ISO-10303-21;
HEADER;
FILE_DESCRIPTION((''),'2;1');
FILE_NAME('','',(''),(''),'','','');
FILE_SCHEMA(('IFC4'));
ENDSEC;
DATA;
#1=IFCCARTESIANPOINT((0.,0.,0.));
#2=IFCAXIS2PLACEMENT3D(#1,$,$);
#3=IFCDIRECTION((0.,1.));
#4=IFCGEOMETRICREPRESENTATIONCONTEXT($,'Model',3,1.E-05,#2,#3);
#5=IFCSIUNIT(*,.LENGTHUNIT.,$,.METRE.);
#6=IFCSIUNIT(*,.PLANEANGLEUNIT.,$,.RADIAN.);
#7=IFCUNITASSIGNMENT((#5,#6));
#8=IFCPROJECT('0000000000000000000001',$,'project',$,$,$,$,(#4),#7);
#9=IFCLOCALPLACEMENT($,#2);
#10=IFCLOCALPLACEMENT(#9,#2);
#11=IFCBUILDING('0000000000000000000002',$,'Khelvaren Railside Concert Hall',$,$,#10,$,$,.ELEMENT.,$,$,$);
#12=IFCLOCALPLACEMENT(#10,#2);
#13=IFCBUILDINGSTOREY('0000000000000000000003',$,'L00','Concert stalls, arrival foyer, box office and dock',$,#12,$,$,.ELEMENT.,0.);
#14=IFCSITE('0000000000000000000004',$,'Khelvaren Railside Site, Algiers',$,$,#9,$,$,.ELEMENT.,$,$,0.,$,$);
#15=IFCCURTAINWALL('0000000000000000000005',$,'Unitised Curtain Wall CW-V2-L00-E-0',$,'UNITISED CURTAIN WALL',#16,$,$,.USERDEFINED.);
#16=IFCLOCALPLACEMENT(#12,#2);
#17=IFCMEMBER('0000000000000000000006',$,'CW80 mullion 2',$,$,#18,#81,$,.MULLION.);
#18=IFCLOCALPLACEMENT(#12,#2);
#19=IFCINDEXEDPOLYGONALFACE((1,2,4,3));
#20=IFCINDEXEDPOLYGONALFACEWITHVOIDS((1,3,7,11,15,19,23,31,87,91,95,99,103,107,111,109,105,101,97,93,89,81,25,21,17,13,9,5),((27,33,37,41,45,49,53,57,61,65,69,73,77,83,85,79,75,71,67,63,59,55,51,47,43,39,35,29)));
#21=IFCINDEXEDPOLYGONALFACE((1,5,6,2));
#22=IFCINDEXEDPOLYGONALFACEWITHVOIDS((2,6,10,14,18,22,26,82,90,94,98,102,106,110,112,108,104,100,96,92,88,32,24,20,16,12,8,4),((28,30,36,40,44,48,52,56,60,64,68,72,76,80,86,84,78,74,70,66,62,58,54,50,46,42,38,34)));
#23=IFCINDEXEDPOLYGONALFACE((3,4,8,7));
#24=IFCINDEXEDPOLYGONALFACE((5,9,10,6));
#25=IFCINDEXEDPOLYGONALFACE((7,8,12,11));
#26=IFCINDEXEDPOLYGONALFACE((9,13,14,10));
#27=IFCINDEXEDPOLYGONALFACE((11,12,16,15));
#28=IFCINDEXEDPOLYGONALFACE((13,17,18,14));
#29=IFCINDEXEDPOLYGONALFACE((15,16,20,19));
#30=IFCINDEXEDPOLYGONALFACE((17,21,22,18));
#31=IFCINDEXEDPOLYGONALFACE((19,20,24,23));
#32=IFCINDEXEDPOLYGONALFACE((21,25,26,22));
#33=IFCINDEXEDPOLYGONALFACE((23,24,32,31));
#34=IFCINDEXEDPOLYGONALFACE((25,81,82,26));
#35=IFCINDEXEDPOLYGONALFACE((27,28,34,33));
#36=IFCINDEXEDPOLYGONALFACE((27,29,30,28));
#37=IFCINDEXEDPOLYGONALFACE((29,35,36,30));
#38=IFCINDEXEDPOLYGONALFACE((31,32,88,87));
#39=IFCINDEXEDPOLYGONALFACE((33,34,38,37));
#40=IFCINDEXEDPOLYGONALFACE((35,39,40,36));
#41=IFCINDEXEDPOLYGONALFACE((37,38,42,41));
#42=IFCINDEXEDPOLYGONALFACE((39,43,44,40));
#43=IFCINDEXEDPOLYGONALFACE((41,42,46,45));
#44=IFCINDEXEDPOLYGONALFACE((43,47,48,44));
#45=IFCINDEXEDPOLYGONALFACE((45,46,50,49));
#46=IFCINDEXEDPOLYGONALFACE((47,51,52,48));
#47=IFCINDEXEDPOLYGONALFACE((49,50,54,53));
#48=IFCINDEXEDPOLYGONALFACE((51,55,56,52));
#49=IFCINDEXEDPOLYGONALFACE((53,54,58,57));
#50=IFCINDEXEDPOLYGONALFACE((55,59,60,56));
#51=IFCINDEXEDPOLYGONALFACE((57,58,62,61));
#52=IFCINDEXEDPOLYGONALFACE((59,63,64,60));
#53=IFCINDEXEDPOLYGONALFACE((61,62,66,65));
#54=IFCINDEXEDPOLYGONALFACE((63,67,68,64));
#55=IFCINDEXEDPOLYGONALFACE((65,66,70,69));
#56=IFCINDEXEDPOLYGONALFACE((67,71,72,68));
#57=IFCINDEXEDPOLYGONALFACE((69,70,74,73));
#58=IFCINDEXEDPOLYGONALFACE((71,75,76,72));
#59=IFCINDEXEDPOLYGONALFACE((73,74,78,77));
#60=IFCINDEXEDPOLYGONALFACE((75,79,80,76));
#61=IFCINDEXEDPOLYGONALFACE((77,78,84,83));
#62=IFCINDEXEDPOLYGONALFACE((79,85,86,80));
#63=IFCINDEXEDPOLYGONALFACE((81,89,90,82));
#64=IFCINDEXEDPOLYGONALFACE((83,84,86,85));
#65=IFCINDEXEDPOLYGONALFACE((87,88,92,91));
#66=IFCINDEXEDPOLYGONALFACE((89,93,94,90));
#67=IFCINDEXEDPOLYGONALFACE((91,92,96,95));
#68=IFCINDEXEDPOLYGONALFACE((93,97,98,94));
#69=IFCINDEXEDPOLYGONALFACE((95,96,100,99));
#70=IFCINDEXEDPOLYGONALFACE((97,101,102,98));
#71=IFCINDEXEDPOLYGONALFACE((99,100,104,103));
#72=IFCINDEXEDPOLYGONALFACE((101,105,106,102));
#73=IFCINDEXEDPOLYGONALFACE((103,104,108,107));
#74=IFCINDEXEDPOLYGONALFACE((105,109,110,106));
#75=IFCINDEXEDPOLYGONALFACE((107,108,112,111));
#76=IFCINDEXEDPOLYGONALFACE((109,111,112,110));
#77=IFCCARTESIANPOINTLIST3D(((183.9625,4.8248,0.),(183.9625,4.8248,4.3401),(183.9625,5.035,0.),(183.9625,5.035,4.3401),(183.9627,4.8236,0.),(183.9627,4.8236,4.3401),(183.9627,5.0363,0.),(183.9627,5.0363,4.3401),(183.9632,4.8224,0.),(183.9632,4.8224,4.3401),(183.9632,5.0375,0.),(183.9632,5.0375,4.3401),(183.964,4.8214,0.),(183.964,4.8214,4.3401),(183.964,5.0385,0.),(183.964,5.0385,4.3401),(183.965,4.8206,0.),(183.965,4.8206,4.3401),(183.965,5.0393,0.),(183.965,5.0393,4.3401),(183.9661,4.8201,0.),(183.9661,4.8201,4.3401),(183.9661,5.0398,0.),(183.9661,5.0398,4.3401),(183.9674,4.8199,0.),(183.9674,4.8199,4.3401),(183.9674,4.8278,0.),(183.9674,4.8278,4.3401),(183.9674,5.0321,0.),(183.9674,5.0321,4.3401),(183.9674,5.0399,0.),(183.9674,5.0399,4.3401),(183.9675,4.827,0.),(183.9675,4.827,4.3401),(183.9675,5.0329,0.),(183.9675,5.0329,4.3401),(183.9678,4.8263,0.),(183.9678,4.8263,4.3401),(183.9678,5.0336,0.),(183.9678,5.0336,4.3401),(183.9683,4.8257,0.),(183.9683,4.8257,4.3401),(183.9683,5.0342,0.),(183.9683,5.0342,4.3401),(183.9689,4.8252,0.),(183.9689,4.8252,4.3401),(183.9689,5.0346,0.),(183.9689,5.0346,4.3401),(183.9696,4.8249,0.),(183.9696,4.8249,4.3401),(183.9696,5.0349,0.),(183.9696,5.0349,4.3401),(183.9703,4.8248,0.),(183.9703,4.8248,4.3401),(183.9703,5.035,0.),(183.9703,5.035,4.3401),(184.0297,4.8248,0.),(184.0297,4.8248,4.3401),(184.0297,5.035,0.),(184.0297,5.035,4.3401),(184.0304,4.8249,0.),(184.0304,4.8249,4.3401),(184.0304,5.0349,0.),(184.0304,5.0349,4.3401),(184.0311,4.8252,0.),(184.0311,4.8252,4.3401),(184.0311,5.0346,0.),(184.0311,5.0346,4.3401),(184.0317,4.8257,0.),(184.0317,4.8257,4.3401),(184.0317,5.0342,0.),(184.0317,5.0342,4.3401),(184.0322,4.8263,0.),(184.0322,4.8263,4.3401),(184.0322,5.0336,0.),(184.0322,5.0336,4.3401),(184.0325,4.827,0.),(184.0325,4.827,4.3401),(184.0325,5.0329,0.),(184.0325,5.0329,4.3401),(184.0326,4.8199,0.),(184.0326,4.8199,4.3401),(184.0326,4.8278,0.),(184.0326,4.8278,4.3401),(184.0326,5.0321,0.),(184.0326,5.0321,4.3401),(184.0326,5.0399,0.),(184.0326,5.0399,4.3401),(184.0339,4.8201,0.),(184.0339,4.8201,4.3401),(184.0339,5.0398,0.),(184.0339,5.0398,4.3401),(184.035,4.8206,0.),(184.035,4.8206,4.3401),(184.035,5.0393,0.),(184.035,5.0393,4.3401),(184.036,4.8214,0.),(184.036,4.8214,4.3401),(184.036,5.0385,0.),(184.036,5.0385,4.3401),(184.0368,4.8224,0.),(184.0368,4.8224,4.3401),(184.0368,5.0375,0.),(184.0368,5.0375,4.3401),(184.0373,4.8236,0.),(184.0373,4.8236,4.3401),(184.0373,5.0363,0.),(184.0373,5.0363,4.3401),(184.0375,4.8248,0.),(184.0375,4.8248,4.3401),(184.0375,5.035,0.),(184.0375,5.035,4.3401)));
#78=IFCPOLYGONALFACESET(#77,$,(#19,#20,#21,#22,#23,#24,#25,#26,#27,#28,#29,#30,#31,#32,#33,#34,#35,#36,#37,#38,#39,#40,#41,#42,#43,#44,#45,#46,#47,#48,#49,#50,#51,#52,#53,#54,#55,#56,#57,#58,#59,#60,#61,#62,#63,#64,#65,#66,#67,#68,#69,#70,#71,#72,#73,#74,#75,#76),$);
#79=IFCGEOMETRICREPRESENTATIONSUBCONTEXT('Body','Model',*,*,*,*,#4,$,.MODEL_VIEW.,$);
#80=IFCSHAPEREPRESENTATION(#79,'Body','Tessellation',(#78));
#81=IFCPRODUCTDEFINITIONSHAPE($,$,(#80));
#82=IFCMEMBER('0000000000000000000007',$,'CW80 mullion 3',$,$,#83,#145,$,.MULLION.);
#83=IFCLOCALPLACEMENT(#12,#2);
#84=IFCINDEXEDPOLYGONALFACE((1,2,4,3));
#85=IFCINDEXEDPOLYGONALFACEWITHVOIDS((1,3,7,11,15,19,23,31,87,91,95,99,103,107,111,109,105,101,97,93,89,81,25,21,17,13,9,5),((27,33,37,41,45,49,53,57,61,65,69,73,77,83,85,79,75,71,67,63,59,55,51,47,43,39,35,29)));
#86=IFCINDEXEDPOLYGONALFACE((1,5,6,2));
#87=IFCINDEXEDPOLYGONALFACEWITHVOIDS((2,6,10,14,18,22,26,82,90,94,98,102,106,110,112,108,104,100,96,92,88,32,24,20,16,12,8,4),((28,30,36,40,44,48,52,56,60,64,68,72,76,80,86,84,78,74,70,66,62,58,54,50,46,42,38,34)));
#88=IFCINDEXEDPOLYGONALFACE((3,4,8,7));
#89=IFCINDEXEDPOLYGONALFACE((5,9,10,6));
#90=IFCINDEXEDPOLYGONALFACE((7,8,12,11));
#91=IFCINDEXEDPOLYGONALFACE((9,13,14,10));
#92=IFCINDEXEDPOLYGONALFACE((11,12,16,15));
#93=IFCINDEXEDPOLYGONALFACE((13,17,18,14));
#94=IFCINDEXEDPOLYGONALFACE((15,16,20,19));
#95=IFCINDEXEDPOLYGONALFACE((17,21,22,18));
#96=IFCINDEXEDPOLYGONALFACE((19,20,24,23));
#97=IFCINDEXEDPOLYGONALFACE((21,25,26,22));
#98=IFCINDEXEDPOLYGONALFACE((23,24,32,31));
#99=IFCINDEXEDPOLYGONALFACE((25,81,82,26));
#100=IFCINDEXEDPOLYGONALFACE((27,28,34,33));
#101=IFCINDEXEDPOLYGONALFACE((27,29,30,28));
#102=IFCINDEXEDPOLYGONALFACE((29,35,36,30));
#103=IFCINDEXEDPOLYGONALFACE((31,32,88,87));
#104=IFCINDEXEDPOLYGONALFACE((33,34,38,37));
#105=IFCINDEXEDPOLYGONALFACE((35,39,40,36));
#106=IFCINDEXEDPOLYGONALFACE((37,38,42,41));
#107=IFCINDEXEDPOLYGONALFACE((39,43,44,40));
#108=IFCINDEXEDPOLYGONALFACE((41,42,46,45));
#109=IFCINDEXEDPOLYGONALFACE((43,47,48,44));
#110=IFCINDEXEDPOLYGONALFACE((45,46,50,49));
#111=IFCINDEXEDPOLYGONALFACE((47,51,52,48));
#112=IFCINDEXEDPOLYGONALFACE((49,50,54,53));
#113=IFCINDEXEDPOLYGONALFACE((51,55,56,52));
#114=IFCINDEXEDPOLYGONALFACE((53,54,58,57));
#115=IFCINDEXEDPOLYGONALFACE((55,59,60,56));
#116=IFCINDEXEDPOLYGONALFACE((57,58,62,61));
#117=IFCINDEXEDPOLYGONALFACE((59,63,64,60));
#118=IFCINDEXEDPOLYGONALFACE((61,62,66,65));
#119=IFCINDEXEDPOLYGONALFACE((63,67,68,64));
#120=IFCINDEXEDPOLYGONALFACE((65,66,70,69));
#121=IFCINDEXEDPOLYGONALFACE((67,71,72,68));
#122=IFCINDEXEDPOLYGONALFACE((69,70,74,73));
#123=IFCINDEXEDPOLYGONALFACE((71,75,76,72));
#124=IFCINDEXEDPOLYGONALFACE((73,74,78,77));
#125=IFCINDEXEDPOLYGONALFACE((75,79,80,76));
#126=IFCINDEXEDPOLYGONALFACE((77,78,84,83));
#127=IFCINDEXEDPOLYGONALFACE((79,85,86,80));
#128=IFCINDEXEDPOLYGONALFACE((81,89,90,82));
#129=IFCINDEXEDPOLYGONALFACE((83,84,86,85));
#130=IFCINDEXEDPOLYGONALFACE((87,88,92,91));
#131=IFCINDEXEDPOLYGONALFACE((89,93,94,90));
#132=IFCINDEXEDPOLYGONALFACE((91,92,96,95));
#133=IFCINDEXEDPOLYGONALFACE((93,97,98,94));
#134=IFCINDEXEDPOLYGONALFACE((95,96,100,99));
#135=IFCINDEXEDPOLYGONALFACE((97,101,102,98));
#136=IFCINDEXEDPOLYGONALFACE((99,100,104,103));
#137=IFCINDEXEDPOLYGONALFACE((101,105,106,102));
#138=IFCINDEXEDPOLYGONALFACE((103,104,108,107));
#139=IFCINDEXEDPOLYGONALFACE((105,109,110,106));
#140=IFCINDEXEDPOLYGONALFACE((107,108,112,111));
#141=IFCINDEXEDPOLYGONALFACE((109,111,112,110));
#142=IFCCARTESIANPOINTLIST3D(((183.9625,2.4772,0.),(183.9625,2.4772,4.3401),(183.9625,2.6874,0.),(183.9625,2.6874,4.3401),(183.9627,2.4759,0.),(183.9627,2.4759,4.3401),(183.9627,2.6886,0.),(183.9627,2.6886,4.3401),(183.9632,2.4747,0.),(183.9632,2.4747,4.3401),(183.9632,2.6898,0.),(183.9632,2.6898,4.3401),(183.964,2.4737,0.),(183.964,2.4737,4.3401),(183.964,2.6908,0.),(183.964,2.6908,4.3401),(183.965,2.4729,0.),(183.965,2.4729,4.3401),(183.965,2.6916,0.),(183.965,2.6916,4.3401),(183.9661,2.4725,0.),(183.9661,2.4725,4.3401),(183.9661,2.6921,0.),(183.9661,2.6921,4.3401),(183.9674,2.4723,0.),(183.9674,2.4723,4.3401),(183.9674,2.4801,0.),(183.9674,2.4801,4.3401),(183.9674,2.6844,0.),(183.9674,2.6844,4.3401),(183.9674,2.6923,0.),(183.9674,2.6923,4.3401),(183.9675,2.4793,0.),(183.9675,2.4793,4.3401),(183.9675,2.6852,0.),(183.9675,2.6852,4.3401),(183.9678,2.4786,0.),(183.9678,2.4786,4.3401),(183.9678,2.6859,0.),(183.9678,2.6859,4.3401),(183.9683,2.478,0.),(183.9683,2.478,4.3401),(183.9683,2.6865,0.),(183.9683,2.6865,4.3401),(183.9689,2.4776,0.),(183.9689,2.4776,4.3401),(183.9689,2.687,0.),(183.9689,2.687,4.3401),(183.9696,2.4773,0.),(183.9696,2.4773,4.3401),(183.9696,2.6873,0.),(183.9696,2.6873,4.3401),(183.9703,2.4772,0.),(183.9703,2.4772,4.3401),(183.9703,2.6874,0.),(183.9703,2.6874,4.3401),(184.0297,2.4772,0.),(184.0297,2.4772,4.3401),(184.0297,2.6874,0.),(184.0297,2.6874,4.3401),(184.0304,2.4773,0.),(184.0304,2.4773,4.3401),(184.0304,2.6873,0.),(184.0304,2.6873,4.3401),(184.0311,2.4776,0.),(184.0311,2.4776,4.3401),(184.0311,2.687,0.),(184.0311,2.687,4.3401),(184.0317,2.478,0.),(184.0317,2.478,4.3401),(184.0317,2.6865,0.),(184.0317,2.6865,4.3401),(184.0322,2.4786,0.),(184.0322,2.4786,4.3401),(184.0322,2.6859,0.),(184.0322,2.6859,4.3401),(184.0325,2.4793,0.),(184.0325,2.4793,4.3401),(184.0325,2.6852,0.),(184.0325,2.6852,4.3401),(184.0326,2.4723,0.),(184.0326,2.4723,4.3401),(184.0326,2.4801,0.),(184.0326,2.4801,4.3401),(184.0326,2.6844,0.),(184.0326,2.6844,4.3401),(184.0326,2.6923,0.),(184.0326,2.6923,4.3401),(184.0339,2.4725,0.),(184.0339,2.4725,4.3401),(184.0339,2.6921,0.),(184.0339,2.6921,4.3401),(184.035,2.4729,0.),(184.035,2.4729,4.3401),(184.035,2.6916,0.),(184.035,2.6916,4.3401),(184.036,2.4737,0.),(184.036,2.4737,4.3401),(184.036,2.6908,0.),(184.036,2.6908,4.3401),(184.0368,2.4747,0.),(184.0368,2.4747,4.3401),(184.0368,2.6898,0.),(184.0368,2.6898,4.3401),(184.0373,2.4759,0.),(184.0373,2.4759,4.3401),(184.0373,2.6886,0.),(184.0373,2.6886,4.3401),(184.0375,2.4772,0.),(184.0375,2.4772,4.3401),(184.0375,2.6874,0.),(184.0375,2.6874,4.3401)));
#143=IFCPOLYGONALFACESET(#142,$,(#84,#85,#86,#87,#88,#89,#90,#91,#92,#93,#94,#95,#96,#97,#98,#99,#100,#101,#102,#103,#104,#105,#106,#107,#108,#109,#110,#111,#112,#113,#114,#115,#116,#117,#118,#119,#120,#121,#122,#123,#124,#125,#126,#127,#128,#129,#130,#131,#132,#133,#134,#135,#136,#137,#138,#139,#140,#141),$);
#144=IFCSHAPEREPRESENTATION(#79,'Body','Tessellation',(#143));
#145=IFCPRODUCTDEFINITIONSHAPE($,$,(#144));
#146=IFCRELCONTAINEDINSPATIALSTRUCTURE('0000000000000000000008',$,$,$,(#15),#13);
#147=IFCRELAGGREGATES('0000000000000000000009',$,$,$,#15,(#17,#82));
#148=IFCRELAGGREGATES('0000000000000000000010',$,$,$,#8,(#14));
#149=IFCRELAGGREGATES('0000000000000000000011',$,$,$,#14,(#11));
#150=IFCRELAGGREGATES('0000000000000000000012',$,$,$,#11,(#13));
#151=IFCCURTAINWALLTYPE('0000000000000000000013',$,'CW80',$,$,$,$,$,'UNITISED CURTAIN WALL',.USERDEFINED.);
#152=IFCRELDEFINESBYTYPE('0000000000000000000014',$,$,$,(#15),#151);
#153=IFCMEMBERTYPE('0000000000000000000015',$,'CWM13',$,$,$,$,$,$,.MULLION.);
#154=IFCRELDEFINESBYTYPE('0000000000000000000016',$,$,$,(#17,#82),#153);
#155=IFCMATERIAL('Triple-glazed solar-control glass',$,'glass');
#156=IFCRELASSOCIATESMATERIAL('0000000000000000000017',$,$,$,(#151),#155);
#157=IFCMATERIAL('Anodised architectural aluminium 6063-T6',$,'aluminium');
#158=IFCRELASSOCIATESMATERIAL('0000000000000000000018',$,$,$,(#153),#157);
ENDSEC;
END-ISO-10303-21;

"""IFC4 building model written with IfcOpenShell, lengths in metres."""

from ifc_helpers import new_model, si_unit, direction, frame, origin, origin_2d, place, context, subcontext, project, spatial, hollow_rectangle, extrude, material, material_profile, profile_set, type_object, element, aggregate, save


model = new_model("IFC4")

# Units and contexts
model_context = context("Model", 3, precision=1e-05, world=origin(), true_north=direction((0.0, 1.0)))
body_context = subcontext(model_context, "Body", "Model", "MODEL_VIEW")
ifc_project = project(units=[si_unit("LENGTHUNIT", "METRE"), si_unit("PLANEANGLEUNIT", "RADIAN")], contexts=[model_context])

# Site, building, storey
site_placement = place(None, origin())
site = spatial("IfcSite", under=ifc_project, at=site_placement, Name="Khelvaren Railside Site, Algiers", CompositionType="ELEMENT", RefElevation=0.0)
building_placement = place(site_placement, origin())
building = spatial("IfcBuilding", under=site, at=building_placement, Name="Khelvaren Railside Concert Hall", CompositionType="ELEMENT")
storey_placement = place(building_placement, origin())
storey = spatial("IfcBuildingStorey", under=building, at=storey_placement, Name="L00", Description="Concert stalls, arrival foyer, box office and dock", CompositionType="ELEMENT", Elevation=0.0)

# Curtain wall, members
ifc_material_1 = material(Name="Triple-glazed solar-control glass", Category="glass")
curtain_wall_type_1 = type_object("IfcCurtainWallType", Name="CW80", ElementType="UNITISED CURTAIN WALL", PredefinedType="USERDEFINED", material=ifc_material_1)
curtain_wall_1_placement = place(storey_placement, origin())
curtain_wall_1 = element("IfcCurtainWall", 1, at=curtain_wall_1_placement, inside=storey, type_object=curtain_wall_type_1, Name="Unitised Curtain Wall CW-V2-L00-E-0", ObjectType="UNITISED CURTAIN WALL", PredefinedType="USERDEFINED")
ifc_material_2 = material(Name="Anodised architectural aluminium 6063-T6", Category="aluminium")
ifc_material_profile_1 = material_profile(ifc_material_2, hollow_rectangle(XDim=0.075, YDim=0.22, WallThickness=0.0049, InnerFilletRadius=0.0029, OuterFilletRadius=0.0049, at=origin_2d()), Name="CWM 75x220x5")
ifc_profile_set_1 = profile_set([ifc_material_profile_1], Name="Anodised architectural aluminium 6063-T6")
member_type_1 = type_object("IfcMemberType", Name="CWM13", PredefinedType="MULLION", material=ifc_profile_set_1)
member_1_placement = place(storey_placement, frame((184.0, 4.9299, 0.0), z_axis=(0.0, 0.0, 1.0), x_axis=(1.0, 0.0, 0.0)))
member_1 = element("IfcMember", 2, at=member_1_placement, type_object=member_type_1, Name="CW80 mullion 2", PredefinedType="MULLION", context=body_context, shape_type="SweptSolid", body=[
    extrude(hollow_rectangle(XDim=0.075, YDim=0.22, WallThickness=0.0049, InnerFilletRadius=0.0029, OuterFilletRadius=0.0049, at=origin_2d()), origin(), (0.0, 0.0, 1.0), 4.3401),
])
member_2_placement = place(storey_placement, frame((184.0, 2.5823, 0.0), z_axis=(0.0, 0.0, 1.0), x_axis=(1.0, 0.0, 0.0)))
member_2 = element("IfcMember", 3, at=member_2_placement, type_object=member_type_1, Name="CW80 mullion 3", PredefinedType="MULLION", context=body_context, shape_type="SweptSolid", body=[
    extrude(hollow_rectangle(XDim=0.075, YDim=0.22, WallThickness=0.0049, InnerFilletRadius=0.0029, OuterFilletRadius=0.0049, at=origin_2d()), origin(), (0.0, 0.0, 1.0), 4.3401),
])

aggregate(curtain_wall_1, [member_1, member_2])

save(model, "model.ifc")
